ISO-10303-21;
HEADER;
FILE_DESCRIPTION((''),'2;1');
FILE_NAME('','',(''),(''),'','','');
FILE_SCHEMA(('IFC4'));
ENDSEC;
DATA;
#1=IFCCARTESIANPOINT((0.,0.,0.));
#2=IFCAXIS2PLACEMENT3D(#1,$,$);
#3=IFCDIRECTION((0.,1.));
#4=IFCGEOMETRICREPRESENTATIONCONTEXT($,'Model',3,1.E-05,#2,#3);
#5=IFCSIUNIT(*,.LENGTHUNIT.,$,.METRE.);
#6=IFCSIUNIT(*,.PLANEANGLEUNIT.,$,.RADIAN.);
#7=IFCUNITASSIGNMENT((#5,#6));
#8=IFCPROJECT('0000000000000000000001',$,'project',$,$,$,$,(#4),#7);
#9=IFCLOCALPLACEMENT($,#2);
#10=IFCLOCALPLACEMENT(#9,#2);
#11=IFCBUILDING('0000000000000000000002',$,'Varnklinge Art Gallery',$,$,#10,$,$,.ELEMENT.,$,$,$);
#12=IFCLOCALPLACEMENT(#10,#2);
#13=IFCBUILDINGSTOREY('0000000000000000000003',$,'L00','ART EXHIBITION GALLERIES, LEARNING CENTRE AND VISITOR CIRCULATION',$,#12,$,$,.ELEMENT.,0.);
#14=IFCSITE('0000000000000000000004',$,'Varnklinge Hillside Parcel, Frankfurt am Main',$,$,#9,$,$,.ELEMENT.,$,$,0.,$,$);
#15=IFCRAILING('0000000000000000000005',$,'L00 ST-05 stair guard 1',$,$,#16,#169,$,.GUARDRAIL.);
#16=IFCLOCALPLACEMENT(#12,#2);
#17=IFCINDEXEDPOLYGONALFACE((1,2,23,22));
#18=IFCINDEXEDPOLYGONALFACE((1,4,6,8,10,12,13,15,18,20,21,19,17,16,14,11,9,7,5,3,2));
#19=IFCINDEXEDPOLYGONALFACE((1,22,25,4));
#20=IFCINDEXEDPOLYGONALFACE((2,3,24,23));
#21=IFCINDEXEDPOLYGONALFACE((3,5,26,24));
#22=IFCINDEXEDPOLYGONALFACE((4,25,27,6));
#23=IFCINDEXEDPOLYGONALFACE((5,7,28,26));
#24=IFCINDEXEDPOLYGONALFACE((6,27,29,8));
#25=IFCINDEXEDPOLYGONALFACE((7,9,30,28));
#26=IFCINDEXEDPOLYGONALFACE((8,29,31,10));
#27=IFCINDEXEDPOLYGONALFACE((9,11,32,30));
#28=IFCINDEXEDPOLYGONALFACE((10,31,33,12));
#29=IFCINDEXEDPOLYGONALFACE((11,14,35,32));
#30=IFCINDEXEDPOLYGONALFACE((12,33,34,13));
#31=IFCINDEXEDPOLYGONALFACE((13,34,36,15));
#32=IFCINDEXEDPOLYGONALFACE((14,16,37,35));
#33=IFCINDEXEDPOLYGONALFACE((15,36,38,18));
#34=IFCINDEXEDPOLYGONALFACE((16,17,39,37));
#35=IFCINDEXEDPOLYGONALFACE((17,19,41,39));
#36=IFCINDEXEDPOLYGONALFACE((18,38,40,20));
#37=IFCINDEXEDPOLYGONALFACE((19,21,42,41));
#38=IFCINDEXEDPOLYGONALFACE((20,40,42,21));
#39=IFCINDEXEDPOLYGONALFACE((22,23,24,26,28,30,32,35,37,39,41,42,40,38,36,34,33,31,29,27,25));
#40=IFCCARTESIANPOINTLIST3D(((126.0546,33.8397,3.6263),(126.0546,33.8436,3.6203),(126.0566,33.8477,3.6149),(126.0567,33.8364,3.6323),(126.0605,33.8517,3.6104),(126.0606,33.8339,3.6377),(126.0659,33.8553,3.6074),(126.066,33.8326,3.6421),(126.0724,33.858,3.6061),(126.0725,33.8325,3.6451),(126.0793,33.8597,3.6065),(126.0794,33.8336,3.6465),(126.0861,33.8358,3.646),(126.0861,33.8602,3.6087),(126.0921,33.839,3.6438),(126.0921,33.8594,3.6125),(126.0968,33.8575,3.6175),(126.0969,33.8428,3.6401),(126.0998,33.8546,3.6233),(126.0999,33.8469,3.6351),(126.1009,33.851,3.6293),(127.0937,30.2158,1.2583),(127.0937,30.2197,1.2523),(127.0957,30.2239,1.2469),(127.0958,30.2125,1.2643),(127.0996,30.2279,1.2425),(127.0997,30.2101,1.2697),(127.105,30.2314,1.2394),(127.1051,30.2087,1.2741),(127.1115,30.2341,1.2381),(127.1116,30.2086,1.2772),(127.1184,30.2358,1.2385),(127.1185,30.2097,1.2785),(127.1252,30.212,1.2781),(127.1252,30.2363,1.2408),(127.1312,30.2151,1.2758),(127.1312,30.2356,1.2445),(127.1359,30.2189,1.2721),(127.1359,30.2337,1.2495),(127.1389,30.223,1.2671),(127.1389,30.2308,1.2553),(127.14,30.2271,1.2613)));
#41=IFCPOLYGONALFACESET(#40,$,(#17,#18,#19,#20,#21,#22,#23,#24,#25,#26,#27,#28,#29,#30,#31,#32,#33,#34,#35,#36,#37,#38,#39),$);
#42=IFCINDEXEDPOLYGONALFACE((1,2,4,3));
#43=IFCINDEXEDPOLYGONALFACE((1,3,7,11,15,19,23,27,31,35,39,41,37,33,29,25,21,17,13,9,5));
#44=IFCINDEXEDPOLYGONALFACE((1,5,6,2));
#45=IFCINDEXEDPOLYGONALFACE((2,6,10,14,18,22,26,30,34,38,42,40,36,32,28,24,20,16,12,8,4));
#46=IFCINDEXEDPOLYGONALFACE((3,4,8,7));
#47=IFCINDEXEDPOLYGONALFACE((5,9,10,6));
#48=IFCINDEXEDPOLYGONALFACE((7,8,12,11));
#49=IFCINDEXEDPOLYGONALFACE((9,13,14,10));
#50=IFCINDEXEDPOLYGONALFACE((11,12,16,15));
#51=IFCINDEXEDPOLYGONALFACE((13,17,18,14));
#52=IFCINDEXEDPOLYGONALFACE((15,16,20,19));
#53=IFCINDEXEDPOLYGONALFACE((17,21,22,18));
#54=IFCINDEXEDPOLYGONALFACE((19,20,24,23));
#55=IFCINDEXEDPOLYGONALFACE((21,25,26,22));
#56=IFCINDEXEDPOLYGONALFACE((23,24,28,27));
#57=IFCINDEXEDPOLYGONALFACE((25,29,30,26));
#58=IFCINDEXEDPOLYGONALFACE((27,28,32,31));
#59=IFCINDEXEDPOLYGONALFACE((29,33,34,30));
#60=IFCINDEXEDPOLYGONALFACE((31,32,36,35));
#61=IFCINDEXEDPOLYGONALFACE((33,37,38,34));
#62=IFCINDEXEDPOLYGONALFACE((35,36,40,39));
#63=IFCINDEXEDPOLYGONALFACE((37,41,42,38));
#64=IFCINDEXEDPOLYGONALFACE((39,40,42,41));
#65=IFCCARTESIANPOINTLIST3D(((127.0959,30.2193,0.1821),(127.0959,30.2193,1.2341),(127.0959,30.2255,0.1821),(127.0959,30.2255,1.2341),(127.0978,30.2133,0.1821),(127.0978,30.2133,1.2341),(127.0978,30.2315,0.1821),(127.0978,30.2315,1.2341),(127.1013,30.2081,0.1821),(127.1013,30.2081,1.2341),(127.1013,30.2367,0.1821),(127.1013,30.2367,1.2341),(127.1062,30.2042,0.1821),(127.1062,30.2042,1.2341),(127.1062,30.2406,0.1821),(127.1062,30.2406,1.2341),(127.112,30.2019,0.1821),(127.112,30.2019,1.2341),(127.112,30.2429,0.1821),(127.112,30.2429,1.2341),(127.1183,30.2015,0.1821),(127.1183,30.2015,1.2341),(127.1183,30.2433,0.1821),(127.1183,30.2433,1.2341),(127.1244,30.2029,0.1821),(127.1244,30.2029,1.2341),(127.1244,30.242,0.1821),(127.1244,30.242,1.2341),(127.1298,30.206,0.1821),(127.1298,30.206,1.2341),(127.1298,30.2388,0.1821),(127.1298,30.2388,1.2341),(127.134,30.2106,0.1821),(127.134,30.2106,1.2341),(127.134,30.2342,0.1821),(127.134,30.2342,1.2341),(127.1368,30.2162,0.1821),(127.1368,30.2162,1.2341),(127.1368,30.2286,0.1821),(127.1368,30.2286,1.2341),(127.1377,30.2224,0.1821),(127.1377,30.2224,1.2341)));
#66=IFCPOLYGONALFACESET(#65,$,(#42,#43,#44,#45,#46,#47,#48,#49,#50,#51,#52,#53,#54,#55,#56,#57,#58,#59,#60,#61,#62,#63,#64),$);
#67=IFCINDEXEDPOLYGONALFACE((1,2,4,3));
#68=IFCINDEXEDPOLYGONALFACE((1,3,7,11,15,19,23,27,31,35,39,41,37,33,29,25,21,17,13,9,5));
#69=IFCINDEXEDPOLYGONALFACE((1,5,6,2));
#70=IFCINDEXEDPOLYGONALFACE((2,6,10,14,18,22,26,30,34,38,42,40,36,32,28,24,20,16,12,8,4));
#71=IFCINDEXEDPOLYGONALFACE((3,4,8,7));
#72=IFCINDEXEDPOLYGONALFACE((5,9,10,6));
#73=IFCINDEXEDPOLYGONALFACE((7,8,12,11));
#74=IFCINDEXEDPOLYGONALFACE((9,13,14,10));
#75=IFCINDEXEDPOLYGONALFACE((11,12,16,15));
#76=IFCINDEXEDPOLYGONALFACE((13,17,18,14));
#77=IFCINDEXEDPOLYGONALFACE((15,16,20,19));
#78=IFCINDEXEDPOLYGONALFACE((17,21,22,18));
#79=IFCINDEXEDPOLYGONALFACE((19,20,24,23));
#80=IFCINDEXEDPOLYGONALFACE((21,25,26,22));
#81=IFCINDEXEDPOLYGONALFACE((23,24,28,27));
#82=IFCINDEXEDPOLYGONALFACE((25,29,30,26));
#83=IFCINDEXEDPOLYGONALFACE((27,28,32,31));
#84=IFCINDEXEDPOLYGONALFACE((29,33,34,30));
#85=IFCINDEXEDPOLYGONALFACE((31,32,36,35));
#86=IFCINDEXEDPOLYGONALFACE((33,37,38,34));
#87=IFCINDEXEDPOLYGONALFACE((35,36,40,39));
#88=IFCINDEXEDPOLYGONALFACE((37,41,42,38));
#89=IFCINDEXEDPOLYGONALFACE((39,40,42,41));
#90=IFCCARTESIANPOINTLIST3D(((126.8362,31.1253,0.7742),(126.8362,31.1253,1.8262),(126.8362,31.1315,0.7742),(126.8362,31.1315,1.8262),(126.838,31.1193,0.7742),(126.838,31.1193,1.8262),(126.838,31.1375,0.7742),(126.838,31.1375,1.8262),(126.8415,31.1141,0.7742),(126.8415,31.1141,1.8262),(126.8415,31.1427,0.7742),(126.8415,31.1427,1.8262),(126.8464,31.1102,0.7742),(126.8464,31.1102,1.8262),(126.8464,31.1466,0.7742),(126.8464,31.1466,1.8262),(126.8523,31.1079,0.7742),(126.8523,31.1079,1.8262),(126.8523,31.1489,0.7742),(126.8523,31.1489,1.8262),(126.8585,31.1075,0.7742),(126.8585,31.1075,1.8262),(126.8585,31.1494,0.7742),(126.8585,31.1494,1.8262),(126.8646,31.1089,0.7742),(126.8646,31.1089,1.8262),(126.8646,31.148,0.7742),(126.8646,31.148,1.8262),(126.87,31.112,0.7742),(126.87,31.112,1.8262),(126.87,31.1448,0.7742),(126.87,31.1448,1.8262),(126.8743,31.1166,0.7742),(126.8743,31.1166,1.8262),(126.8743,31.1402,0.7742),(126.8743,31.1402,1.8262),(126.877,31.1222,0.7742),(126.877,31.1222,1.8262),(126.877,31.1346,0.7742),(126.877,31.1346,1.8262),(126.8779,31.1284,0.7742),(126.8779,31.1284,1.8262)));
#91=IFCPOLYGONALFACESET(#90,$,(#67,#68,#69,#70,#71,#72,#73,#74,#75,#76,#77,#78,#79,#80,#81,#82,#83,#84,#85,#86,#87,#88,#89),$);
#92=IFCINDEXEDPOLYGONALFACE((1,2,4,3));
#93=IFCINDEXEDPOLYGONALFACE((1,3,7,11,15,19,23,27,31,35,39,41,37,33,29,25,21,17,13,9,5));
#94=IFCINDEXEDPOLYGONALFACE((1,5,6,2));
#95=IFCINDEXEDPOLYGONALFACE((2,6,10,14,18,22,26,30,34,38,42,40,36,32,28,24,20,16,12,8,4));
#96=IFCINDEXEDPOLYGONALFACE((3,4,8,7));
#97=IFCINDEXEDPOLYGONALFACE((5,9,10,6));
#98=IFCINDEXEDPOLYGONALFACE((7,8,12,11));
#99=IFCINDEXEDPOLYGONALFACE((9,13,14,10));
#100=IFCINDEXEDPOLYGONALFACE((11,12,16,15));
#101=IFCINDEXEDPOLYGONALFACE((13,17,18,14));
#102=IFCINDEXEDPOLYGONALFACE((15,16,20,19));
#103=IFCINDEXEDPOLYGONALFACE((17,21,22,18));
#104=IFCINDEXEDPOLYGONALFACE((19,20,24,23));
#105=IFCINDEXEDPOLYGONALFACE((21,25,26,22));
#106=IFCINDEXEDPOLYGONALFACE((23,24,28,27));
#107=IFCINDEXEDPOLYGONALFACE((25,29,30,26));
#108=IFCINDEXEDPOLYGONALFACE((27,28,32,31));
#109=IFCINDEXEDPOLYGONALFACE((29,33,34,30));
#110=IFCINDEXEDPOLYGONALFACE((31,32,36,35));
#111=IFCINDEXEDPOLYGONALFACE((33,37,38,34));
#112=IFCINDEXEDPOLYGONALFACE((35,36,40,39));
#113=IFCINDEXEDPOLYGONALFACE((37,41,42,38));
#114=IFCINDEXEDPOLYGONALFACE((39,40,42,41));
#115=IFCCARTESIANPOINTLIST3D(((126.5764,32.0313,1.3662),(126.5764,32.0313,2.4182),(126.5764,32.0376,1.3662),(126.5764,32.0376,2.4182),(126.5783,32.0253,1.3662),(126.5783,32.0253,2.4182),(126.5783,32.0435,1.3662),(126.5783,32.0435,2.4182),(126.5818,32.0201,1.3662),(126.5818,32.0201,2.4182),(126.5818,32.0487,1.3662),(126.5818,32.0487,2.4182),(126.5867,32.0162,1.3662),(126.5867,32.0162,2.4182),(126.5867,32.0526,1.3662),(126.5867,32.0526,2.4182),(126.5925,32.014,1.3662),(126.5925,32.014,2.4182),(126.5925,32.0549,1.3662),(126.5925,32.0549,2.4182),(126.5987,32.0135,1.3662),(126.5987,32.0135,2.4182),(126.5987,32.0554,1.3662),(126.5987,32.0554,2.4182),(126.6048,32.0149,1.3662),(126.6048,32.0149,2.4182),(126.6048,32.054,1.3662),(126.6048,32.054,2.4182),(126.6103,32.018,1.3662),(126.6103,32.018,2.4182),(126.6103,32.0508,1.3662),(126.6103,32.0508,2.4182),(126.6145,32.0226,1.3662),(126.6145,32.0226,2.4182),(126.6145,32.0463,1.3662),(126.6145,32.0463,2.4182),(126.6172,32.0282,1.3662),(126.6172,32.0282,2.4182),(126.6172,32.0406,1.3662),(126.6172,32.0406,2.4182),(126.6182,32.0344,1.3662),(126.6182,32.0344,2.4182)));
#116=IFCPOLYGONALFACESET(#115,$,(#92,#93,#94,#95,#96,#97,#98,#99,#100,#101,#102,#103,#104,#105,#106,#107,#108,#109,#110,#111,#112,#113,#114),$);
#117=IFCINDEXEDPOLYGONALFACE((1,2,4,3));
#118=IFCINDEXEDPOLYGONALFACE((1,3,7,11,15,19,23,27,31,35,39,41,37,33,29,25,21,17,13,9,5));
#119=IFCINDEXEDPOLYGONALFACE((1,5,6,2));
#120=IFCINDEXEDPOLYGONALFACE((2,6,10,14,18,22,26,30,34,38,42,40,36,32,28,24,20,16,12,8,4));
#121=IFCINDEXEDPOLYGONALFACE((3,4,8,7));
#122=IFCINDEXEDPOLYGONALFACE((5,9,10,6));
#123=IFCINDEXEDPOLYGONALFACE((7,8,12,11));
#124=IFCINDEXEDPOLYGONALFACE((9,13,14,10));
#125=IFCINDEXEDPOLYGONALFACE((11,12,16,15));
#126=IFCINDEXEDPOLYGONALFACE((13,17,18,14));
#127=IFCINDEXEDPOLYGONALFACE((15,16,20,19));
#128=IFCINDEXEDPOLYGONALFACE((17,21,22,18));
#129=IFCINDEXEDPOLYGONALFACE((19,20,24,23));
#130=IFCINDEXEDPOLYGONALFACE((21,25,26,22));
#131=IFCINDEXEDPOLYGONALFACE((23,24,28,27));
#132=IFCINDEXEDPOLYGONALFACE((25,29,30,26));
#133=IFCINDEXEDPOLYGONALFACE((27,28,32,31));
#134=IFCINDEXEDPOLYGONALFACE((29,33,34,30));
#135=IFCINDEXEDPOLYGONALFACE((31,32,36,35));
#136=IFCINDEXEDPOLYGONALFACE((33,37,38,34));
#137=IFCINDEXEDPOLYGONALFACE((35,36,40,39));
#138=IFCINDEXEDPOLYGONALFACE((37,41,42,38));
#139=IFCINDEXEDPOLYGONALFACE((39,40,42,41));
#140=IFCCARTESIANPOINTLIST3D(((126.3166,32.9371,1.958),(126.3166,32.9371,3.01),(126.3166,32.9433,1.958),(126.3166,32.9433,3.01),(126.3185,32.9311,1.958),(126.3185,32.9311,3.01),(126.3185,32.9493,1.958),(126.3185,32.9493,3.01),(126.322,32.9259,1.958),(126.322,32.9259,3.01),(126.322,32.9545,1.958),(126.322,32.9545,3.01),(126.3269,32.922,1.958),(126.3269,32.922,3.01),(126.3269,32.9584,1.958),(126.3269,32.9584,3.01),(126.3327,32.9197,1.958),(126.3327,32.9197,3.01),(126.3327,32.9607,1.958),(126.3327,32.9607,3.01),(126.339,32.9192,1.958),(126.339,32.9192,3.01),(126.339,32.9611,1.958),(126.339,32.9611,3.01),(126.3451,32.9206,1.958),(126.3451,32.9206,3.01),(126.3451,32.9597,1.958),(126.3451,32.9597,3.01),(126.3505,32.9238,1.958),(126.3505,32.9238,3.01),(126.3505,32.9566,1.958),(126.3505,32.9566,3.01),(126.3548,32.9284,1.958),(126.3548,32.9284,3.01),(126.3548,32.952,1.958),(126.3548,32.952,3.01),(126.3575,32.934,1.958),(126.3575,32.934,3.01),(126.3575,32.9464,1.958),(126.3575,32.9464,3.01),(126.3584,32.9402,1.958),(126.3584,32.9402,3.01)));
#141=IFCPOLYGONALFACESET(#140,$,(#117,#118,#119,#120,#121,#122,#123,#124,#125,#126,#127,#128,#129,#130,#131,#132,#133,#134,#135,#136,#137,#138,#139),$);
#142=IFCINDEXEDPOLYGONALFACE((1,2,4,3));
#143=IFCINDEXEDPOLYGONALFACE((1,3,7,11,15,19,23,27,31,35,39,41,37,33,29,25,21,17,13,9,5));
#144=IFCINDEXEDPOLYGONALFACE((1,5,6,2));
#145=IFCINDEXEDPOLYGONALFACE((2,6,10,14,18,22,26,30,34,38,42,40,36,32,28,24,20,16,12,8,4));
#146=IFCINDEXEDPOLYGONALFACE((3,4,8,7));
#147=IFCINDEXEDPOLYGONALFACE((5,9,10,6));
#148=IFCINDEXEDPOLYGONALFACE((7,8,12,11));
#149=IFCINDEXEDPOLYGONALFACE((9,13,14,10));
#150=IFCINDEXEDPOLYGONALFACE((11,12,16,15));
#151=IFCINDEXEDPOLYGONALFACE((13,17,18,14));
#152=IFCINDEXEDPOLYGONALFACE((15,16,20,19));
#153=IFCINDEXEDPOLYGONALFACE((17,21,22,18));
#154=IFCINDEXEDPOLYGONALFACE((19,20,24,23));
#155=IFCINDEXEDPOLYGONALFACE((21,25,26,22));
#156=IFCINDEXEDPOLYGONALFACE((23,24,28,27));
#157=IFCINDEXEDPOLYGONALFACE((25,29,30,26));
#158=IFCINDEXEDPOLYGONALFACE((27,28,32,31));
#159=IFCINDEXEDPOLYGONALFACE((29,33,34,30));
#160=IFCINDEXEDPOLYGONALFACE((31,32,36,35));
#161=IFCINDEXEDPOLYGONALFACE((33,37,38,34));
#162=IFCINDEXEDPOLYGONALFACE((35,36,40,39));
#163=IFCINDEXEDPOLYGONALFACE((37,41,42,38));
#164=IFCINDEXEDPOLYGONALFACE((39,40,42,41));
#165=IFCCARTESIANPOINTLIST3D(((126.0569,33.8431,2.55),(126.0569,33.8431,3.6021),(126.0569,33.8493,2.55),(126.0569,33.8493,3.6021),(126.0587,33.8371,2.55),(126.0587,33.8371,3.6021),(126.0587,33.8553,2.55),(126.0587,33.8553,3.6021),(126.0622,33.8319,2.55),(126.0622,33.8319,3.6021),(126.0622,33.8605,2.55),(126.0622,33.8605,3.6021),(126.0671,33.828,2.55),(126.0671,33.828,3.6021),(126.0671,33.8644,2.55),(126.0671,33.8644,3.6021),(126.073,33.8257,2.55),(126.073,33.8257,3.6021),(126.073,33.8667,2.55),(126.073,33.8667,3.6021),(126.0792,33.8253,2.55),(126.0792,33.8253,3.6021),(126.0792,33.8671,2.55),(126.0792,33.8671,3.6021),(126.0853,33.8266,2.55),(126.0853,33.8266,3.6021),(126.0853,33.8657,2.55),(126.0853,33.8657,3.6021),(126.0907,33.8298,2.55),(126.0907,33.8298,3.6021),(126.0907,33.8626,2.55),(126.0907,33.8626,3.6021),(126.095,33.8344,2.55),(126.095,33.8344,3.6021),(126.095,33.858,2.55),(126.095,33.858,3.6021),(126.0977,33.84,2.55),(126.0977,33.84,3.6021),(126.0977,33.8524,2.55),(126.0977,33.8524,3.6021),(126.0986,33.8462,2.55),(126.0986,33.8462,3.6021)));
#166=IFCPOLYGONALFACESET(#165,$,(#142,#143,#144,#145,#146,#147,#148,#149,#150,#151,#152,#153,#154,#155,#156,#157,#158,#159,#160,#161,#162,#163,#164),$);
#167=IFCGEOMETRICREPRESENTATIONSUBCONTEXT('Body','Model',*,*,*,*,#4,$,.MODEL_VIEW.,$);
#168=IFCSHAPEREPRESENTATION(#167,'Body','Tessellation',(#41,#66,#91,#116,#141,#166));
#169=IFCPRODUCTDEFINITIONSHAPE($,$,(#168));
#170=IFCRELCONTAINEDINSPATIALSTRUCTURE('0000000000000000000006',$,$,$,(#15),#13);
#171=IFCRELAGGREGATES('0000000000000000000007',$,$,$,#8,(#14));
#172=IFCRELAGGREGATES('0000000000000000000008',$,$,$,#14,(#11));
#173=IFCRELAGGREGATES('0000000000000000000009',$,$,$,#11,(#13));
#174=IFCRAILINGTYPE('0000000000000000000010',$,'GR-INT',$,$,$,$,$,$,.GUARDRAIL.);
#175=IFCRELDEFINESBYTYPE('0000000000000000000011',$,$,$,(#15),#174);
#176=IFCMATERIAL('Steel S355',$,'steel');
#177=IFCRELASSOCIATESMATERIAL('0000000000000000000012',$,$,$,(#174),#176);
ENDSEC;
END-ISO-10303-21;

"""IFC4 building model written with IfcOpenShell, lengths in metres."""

from ifc_helpers import new_model, si_unit, direction, frame, origin, origin_2d, place, context, subcontext, project, spatial, circle, extrude, material, type_object, element, save


model = new_model("IFC4")

# Units and contexts
model_context = context("Model", 3, precision=1e-05, world=origin(), true_north=direction((0.0, 1.0)))
body_context = subcontext(model_context, "Body", "Model", "MODEL_VIEW")
ifc_project = project(units=[si_unit("LENGTHUNIT", "METRE"), si_unit("PLANEANGLEUNIT", "RADIAN")], contexts=[model_context])

# Site, building, storey
site_placement = place(None, origin())
site = spatial("IfcSite", under=ifc_project, at=site_placement, Name="Varnklinge Hillside Parcel, Frankfurt am Main", CompositionType="ELEMENT", RefElevation=0.0)
building_placement = place(site_placement, origin())
building = spatial("IfcBuilding", under=site, at=building_placement, Name="Varnklinge Art Gallery", CompositionType="ELEMENT")
storey_placement = place(building_placement, origin())
storey = spatial("IfcBuildingStorey", under=building, at=storey_placement, Name="L00", Description="ART EXHIBITION GALLERIES, LEARNING CENTRE AND VISITOR CIRCULATION", CompositionType="ELEMENT", Elevation=0.0)

# Railing
ifc_material_1 = material(Name="Steel S355", Category="steel")
railing_type_1 = type_object("IfcRailingType", Name="GR-INT", PredefinedType="GUARDRAIL", material=ifc_material_1)
railing_1_placement = place(storey_placement, frame((127.1167, 30.2224, 0.1821)))
element("IfcRailing", 1, at=railing_1_placement, inside=storey, type_object=railing_type_1, Name="L00 ST-05 stair guard 1", PredefinedType="GUARDRAIL", context=body_context, shape_type="SweptSolid", body=[
    extrude(circle(Radius=0.0239, at=origin_2d()), frame((0.0, 0.0, 1.0762), z_axis=(-0.233403, 0.814004, 0.531902), x_axis=(-0.961264, -0.275628, 0.0)), (0.0, 0.0, 1.0), 4.4519),
    extrude(circle(Radius=0.021, at=origin_2d()), origin(), (0.0, 0.0, 1.0), 1.052),
    extrude(circle(Radius=0.021, at=origin_2d()), frame((-0.2598, 0.906, 0.592)), (0.0, 0.0, 1.0), 1.052),
    extrude(circle(Radius=0.021, at=origin_2d()), frame((-0.5195, 1.812, 1.1841)), (0.0, 0.0, 1.0), 1.052),
    extrude(circle(Radius=0.021, at=origin_2d()), frame((-0.7793, 2.7178, 1.7759)), (0.0, 0.0, 1.0), 1.052),
    extrude(circle(Radius=0.021, at=origin_2d()), frame((-1.0391, 3.6238, 2.3679)), (0.0, 0.0, 1.0), 1.052),
])

save(model, "model.ifc")
